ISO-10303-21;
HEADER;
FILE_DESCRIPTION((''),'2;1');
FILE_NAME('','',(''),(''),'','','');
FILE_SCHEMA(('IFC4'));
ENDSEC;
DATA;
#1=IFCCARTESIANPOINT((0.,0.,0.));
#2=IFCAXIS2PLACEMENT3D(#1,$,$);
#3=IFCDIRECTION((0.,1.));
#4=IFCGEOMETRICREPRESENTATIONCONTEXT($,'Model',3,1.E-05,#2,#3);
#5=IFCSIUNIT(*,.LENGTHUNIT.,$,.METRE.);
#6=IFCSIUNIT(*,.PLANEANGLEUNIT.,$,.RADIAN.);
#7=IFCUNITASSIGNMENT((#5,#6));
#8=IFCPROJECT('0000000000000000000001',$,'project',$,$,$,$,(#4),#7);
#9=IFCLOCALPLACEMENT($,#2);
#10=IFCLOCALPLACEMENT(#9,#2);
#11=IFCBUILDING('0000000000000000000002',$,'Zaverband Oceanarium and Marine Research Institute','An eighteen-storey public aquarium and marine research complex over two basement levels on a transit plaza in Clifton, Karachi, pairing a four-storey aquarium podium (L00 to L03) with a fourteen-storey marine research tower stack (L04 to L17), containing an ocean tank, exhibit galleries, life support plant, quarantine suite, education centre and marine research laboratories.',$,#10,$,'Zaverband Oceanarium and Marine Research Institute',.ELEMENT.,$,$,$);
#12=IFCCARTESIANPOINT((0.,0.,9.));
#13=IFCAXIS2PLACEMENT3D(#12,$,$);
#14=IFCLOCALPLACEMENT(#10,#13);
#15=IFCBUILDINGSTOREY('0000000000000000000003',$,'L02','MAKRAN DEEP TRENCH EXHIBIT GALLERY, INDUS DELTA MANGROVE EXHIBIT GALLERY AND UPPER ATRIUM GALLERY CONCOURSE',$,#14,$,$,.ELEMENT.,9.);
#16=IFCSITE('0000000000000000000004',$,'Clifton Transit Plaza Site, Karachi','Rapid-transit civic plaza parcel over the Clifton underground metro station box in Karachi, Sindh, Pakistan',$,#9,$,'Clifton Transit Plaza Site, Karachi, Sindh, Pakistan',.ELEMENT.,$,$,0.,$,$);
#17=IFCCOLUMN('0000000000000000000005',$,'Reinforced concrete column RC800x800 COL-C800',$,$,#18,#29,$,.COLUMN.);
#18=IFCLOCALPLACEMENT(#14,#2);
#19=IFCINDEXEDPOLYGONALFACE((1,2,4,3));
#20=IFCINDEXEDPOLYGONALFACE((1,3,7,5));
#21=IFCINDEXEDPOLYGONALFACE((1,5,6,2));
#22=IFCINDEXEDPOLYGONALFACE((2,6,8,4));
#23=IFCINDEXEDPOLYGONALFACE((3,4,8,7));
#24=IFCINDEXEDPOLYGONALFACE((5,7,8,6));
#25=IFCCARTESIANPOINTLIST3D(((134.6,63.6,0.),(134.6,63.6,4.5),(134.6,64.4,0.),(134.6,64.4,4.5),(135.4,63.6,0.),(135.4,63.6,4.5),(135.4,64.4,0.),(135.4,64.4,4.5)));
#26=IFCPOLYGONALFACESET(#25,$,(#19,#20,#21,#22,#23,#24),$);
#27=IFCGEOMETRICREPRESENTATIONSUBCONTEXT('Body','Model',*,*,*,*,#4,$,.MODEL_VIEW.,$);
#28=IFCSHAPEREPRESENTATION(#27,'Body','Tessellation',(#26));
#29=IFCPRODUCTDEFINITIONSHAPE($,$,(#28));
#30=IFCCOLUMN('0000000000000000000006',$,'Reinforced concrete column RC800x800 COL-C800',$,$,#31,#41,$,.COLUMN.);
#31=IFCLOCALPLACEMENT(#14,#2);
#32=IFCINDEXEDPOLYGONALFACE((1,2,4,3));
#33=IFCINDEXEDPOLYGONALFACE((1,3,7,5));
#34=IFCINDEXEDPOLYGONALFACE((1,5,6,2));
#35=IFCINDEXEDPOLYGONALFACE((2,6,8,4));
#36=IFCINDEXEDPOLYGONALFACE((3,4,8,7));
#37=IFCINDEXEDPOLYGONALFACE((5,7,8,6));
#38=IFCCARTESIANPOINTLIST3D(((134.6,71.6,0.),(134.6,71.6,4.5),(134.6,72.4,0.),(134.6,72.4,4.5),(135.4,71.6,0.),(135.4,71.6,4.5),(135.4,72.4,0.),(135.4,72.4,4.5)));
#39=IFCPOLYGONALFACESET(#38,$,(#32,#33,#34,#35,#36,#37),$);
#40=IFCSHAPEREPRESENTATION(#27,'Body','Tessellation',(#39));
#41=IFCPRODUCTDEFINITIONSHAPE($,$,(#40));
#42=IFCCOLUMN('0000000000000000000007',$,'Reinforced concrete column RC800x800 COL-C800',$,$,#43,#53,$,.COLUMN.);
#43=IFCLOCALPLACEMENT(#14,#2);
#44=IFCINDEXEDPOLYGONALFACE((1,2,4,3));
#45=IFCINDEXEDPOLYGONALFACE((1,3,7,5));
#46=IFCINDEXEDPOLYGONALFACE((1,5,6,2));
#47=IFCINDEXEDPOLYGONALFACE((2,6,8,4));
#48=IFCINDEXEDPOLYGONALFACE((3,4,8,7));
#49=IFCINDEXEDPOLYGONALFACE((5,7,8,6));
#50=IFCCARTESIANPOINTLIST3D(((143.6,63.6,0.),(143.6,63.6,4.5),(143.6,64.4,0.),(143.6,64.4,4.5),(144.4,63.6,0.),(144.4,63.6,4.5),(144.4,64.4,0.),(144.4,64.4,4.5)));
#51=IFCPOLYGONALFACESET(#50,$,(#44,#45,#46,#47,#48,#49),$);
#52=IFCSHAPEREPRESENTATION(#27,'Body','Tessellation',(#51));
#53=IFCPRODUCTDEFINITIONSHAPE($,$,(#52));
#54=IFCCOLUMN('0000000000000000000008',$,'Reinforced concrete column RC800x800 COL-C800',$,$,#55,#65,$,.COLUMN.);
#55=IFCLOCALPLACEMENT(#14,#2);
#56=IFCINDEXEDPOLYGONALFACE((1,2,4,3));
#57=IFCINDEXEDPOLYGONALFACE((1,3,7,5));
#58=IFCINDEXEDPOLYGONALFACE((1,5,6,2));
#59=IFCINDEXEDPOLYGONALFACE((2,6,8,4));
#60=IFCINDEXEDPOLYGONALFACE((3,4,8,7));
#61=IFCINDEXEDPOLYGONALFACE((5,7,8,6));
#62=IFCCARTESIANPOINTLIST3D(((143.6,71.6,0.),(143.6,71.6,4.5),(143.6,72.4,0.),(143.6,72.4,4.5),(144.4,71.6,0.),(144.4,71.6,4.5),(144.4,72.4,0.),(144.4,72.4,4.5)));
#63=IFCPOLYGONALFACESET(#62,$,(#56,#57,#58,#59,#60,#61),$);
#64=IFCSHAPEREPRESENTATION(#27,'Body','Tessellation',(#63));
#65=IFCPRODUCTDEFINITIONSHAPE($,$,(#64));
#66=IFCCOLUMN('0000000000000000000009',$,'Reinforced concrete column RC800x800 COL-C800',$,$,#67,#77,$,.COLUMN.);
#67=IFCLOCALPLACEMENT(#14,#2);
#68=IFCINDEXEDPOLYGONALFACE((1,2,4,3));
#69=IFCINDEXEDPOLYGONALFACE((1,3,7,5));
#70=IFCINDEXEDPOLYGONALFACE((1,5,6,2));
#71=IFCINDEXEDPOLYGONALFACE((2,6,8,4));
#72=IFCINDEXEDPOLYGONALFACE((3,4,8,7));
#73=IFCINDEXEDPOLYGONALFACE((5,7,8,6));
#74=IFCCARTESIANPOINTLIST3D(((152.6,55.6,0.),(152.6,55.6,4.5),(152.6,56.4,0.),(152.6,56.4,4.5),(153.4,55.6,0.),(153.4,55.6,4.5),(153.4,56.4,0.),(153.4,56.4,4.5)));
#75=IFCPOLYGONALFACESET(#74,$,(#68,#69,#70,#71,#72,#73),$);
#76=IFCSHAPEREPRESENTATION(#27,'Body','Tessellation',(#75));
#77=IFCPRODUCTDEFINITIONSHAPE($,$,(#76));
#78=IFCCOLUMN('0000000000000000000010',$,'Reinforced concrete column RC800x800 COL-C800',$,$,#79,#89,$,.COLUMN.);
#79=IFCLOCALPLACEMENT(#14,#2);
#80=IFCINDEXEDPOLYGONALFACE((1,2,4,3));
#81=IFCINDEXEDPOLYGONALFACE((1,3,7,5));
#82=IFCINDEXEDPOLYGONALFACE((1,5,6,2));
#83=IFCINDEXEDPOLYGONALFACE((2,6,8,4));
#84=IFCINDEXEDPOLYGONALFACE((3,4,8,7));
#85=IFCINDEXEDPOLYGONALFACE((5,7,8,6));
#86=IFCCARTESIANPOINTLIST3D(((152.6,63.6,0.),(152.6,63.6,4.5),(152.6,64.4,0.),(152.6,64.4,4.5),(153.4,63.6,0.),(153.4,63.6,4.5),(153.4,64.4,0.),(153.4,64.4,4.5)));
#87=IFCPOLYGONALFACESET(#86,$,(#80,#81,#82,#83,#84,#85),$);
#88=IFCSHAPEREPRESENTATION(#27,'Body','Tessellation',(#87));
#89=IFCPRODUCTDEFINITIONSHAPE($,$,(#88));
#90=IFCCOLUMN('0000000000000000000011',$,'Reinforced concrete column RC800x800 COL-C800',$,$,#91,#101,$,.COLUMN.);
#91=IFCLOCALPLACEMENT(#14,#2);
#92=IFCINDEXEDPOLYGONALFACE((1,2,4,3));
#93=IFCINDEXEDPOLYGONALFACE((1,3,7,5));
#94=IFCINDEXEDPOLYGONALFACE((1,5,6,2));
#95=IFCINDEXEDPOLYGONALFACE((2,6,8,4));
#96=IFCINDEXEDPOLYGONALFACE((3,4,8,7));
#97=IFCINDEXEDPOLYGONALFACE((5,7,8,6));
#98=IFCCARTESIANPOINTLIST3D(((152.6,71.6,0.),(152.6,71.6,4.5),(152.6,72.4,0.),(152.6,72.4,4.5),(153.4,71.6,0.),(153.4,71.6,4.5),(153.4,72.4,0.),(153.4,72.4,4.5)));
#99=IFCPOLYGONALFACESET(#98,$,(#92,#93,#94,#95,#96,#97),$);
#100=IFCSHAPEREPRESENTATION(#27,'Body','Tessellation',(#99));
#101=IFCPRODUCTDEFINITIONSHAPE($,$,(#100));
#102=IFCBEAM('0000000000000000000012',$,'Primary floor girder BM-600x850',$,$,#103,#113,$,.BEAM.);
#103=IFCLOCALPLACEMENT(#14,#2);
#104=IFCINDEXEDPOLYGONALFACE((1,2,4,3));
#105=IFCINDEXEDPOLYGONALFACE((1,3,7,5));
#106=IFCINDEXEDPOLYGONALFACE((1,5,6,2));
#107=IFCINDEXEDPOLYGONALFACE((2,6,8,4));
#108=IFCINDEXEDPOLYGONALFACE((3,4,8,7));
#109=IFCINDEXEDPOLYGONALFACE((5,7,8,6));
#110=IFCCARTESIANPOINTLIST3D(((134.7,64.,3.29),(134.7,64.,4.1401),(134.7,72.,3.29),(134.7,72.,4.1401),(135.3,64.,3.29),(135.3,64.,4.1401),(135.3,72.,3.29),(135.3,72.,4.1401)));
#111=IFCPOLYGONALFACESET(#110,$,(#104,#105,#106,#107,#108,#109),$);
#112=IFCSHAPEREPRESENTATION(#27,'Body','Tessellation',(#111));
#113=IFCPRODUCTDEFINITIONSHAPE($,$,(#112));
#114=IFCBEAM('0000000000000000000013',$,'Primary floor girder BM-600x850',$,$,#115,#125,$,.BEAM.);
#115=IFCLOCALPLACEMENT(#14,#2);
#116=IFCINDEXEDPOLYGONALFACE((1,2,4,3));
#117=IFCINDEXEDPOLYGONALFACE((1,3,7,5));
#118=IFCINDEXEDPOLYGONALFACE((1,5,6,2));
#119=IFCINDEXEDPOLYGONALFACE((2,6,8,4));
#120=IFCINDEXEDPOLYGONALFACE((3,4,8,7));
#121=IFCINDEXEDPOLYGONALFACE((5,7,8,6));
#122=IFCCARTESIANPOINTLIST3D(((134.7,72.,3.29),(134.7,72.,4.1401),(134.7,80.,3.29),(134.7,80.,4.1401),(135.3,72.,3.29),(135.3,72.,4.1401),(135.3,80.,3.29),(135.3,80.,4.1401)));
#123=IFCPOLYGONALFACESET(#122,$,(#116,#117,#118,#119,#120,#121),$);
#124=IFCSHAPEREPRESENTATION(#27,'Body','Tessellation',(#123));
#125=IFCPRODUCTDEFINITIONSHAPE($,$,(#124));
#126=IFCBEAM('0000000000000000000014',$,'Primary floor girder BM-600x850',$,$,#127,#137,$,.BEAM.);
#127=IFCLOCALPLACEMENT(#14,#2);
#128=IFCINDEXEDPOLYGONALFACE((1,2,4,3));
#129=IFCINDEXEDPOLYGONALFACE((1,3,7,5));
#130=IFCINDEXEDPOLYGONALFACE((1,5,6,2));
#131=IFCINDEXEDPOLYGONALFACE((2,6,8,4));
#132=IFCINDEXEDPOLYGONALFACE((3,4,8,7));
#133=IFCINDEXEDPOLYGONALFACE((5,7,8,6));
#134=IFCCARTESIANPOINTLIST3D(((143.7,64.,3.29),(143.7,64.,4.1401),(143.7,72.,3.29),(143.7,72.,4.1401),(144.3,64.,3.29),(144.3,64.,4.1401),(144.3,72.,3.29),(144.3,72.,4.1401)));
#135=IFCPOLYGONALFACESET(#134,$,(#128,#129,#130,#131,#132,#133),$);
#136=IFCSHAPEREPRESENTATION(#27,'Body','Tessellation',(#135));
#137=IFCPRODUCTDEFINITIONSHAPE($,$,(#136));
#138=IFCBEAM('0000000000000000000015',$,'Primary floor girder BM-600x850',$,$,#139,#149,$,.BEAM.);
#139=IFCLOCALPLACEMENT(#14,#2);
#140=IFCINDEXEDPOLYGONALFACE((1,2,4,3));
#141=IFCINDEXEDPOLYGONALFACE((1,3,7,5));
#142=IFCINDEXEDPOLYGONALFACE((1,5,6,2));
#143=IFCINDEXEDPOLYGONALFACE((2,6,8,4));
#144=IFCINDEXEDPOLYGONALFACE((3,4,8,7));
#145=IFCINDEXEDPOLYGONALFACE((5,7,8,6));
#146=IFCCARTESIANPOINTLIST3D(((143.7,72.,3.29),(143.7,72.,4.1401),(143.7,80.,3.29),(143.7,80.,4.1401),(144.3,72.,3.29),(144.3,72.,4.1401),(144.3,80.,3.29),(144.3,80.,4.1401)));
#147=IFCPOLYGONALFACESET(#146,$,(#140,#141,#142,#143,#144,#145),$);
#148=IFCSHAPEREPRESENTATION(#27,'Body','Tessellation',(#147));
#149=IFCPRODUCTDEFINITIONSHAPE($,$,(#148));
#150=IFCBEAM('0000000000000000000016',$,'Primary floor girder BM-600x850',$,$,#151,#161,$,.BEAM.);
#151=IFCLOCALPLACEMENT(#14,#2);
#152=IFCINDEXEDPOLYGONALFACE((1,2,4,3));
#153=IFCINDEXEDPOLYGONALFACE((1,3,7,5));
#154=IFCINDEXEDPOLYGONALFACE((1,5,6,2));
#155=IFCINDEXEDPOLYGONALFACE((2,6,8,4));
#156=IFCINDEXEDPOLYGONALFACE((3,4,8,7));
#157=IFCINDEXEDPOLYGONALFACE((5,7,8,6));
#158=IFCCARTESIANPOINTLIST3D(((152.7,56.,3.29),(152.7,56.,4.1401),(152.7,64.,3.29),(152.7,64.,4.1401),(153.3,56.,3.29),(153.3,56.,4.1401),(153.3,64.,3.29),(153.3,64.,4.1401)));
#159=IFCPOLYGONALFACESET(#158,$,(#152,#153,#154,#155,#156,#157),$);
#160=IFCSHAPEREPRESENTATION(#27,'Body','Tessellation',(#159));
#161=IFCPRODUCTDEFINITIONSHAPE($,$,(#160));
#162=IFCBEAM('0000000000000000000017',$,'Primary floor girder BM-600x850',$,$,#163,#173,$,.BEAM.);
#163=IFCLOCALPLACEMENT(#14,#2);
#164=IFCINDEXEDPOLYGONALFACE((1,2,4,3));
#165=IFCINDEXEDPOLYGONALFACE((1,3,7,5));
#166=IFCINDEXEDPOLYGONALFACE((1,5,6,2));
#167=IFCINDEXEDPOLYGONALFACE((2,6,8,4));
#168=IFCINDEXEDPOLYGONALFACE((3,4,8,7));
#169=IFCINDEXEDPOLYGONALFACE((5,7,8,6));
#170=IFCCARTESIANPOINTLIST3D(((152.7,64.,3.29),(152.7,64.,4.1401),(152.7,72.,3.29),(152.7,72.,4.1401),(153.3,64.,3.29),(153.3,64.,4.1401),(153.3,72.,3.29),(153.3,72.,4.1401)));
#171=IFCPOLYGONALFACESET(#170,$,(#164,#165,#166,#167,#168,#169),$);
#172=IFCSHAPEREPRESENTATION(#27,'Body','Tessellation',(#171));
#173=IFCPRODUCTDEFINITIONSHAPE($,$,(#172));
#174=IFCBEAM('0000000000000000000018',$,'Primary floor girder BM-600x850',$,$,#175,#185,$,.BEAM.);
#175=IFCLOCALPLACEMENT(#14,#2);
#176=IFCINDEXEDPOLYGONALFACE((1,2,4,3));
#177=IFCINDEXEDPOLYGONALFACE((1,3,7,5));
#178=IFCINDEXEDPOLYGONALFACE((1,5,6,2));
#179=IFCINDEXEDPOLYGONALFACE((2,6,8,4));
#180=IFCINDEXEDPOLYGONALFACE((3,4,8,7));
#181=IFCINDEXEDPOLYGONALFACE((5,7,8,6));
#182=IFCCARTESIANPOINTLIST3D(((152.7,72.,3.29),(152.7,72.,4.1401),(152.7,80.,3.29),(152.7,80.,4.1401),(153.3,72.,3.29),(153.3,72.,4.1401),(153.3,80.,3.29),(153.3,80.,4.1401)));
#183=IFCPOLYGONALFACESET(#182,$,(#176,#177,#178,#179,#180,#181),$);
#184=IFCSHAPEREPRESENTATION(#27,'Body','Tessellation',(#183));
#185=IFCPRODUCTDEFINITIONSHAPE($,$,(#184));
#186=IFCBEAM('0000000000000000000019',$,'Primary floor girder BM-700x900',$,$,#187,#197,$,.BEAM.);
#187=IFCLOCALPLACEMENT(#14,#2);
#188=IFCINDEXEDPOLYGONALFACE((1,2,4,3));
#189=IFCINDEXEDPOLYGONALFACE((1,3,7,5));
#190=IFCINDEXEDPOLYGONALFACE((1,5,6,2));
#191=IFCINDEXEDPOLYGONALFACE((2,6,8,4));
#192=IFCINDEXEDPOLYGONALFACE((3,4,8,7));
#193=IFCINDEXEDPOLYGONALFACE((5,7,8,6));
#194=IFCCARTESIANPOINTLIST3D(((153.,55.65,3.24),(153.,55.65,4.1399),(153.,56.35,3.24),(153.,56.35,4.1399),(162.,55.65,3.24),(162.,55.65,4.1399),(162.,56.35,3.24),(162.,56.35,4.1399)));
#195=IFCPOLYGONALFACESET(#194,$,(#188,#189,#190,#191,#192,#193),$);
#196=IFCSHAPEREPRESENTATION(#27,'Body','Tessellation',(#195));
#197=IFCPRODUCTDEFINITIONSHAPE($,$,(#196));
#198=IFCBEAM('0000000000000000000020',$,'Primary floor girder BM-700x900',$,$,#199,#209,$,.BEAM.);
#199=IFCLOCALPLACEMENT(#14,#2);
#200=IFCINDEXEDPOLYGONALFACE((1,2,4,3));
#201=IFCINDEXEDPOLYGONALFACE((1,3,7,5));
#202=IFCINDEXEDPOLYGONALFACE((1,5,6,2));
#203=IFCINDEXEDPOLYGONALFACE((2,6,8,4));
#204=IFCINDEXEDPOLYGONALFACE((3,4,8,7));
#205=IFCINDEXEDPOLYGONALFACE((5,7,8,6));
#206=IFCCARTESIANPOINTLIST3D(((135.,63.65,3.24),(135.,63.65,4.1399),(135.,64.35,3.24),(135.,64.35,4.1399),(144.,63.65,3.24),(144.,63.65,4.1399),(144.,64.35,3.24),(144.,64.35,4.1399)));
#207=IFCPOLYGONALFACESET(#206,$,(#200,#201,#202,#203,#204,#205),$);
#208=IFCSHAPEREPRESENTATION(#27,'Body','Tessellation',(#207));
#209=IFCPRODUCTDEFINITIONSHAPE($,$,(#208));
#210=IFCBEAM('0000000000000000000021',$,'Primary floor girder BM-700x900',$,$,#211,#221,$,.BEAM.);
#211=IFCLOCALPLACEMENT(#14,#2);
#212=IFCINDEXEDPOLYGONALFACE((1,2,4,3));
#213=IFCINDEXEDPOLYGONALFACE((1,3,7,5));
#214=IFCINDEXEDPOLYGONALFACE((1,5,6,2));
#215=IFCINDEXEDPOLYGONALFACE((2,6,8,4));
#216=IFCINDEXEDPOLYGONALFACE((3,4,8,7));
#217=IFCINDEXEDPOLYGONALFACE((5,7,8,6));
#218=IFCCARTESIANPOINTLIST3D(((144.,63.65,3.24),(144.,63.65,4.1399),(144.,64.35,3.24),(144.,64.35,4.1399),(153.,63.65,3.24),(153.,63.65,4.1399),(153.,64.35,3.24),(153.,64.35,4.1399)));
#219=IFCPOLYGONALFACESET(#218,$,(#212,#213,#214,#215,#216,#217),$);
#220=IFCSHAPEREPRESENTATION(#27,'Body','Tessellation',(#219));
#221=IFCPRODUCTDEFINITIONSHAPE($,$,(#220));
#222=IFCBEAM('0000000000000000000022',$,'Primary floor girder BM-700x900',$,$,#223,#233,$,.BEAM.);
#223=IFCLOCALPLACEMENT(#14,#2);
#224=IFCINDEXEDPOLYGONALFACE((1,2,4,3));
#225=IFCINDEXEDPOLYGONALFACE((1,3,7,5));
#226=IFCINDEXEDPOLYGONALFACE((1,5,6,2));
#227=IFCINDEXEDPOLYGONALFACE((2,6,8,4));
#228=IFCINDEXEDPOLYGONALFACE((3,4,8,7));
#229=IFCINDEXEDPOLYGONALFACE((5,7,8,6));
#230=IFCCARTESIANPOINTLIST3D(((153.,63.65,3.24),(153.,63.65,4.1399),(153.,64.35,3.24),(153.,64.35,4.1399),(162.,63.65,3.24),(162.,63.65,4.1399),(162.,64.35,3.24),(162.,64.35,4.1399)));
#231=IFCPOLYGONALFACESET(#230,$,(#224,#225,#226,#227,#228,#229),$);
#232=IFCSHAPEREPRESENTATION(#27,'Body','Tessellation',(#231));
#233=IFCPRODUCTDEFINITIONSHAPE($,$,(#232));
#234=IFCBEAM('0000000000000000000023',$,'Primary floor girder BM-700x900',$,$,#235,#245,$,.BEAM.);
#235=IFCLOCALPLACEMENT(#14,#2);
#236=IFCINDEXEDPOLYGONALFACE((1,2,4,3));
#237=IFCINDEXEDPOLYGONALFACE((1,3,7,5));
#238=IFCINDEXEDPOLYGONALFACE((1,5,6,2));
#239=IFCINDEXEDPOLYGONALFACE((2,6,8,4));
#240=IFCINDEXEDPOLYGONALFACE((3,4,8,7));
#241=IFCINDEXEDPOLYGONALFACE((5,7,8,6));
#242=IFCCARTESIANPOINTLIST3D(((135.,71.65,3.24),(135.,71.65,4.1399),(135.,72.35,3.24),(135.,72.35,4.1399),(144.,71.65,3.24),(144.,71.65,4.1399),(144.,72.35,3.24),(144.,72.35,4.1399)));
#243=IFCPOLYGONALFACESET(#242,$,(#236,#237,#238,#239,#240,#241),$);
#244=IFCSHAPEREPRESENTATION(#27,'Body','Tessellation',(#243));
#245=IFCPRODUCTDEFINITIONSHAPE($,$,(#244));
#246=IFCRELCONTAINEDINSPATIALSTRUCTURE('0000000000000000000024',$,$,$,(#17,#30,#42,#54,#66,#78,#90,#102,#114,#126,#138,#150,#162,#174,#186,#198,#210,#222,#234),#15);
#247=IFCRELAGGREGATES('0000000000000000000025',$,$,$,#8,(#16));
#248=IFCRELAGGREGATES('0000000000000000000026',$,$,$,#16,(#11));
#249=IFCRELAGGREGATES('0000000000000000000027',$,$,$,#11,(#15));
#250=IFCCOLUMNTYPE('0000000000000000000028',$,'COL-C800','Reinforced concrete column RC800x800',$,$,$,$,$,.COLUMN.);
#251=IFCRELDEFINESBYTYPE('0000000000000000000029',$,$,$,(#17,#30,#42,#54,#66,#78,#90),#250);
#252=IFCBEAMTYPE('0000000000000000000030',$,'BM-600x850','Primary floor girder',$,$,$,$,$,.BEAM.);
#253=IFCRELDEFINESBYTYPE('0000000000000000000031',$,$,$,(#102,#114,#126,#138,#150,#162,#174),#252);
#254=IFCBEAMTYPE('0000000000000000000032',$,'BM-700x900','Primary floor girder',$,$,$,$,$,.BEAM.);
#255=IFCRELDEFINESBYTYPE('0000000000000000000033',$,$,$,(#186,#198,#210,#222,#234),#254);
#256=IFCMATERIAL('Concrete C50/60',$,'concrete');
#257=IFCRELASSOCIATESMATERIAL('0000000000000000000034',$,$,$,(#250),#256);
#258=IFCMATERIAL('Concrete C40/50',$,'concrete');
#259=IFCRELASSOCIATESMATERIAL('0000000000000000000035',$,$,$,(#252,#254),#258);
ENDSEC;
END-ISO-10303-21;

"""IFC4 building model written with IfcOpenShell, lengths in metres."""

from ifc_helpers import new_model, si_unit, direction, frame, origin, origin_2d, place, context, subcontext, project, spatial, rectangle, extrude, material, material_profile, profile_set, type_object, element, save


model = new_model("IFC4")

# Units and contexts
model_context = context("Model", 3, precision=1e-05, world=origin(), true_north=direction((0.0, 1.0)))
body_context = subcontext(model_context, "Body", "Model", "MODEL_VIEW")
ifc_project = project(units=[si_unit("LENGTHUNIT", "METRE"), si_unit("PLANEANGLEUNIT", "RADIAN")], contexts=[model_context])

# Site, building, storey
site_placement = place(None, origin())
site = spatial("IfcSite", under=ifc_project, at=site_placement, Name="Clifton Transit Plaza Site, Karachi", Description="Rapid-transit civic plaza parcel over the Clifton underground metro station box in Karachi, Sindh, Pakistan", LongName="Clifton Transit Plaza Site, Karachi, Sindh, Pakistan", CompositionType="ELEMENT", RefElevation=0.0)
building_placement = place(site_placement, origin())
building = spatial("IfcBuilding", under=site, at=building_placement, Name="Zaverband Oceanarium and Marine Research Institute", Description="An eighteen-storey public aquarium and marine research complex over two basement levels on a transit plaza in Clifton, Karachi, pairing a four-storey aquarium podium (L00 to L03) with a fourteen-storey marine research tower stack (L04 to L17), containing an ocean tank, exhibit galleries, life support plant, quarantine suite, education centre and marine research laboratories.", LongName="Zaverband Oceanarium and Marine Research Institute", CompositionType="ELEMENT")
storey_placement = place(building_placement, frame((0.0, 0.0, 9.0)))
storey = spatial("IfcBuildingStorey", under=building, at=storey_placement, Name="L02", Description="MAKRAN DEEP TRENCH EXHIBIT GALLERY, INDUS DELTA MANGROVE EXHIBIT GALLERY AND UPPER ATRIUM GALLERY CONCOURSE", CompositionType="ELEMENT", Elevation=9.0)

# Columns
ifc_material_1 = material(Name="Concrete C50/60", Category="concrete")
ifc_material_profile_1 = material_profile(ifc_material_1, rectangle(XDim=0.8, YDim=0.8, at=origin_2d()), Name="RC800x800")
ifc_profile_set_1 = profile_set([ifc_material_profile_1], Name="Concrete C50/60")
column_type = type_object("IfcColumnType", Name="COL-C800", Description="Reinforced concrete column RC800x800", PredefinedType="COLUMN", material=ifc_profile_set_1)
for number, where, z_axis, x_axis, name in (
    (1, (135.0, 64.0, 0.0), (0.0, 0.0, 1.0), (1.0, 0.0, 0.0), "Reinforced concrete column RC800x800 COL-C800"),
    (2, (135.0, 72.0, 0.0), (0.0, 0.0, 1.0), (1.0, 0.0, 0.0), "Reinforced concrete column RC800x800 COL-C800"),
    (3, (144.0, 64.0, 0.0), (0.0, 0.0, 1.0), (1.0, 0.0, 0.0), "Reinforced concrete column RC800x800 COL-C800"),
    (4, (144.0, 72.0, 0.0), (0.0, 0.0, 1.0), (1.0, 0.0, 0.0), "Reinforced concrete column RC800x800 COL-C800"),
    (5, (153.0, 56.0, 0.0), (0.0, 0.0, 1.0), (1.0, 0.0, 0.0), "Reinforced concrete column RC800x800 COL-C800"),
    (6, (153.0, 64.0, 0.0), (0.0, 0.0, 1.0), (1.0, 0.0, 0.0), "Reinforced concrete column RC800x800 COL-C800"),
    (7, (153.0, 72.0, 0.0), (0.0, 0.0, 1.0), (1.0, 0.0, 0.0), "Reinforced concrete column RC800x800 COL-C800"),
):
    element("IfcColumn", number, at=place(storey_placement, frame(where, z_axis=z_axis, x_axis=x_axis)), inside=storey, type_object=column_type, Name=name, PredefinedType="COLUMN", context=body_context, shape_type="SweptSolid", body=[
        extrude(rectangle(XDim=0.8, YDim=0.8, at=origin_2d()), origin(), (0.0, 0.0, 1.0), 4.5),
    ])

# Beams
ifc_material_2 = material(Name="Concrete C40/50", Category="concrete")
ifc_material_profile_2 = material_profile(ifc_material_2, rectangle(XDim=0.6001, YDim=0.8501, at=origin_2d()), Name="RC600x850")
ifc_profile_set_2 = profile_set([ifc_material_profile_2], Name="Concrete C40/50")
beam_type_1 = type_object("IfcBeamType", Name="BM-600x850", Description="Primary floor girder", PredefinedType="BEAM", material=ifc_profile_set_2)
for number, where, z_axis, x_axis, name in (
    (8, (135.0, 64.0, 3.7151), (0.0, 1.0, 0.0), (-1.0, 0.0, 0.0), "Primary floor girder BM-600x850"),
    (9, (135.0, 72.0, 3.7151), (0.0, 1.0, 0.0), (-1.0, 0.0, 0.0), "Primary floor girder BM-600x850"),
    (10, (144.0, 64.0, 3.7151), (0.0, 1.0, 0.0), (-1.0, 0.0, 0.0), "Primary floor girder BM-600x850"),
    (11, (144.0, 72.0, 3.7151), (0.0, 1.0, 0.0), (-1.0, 0.0, 0.0), "Primary floor girder BM-600x850"),
    (12, (153.0, 56.0, 3.7151), (0.0, 1.0, 0.0), (-1.0, 0.0, 0.0), "Primary floor girder BM-600x850"),
    (13, (153.0, 64.0, 3.7151), (0.0, 1.0, 0.0), (-1.0, 0.0, 0.0), "Primary floor girder BM-600x850"),
    (14, (153.0, 72.0, 3.7151), (0.0, 1.0, 0.0), (-1.0, 0.0, 0.0), "Primary floor girder BM-600x850"),
):
    element("IfcBeam", number, at=place(storey_placement, frame(where, z_axis=z_axis, x_axis=x_axis)), inside=storey, type_object=beam_type_1, Name=name, PredefinedType="BEAM", context=body_context, shape_type="SweptSolid", body=[
        extrude(rectangle(XDim=0.6001, YDim=0.8501, at=origin_2d()), origin(), (0.0, 0.0, 1.0), 8.0),
    ])
ifc_material_profile_3 = material_profile(ifc_material_2, rectangle(XDim=0.7, YDim=0.8999, at=origin_2d()), Name="RC700x900")
ifc_profile_set_3 = profile_set([ifc_material_profile_3], Name="Concrete C40/50")
beam_type_2 = type_object("IfcBeamType", Name="BM-700x900", Description="Primary floor girder", PredefinedType="BEAM", material=ifc_profile_set_3)
for number, where, z_axis, x_axis, name in (
    (15, (153.0, 56.0, 3.6899), (1.0, 0.0, 0.0), (0.0, 1.0, 0.0), "Primary floor girder BM-700x900"),
    (16, (135.0, 64.0, 3.6899), (1.0, 0.0, 0.0), (0.0, 1.0, 0.0), "Primary floor girder BM-700x900"),
    (17, (144.0, 64.0, 3.6899), (1.0, 0.0, 0.0), (0.0, 1.0, 0.0), "Primary floor girder BM-700x900"),
    (18, (153.0, 64.0, 3.6899), (1.0, 0.0, 0.0), (0.0, 1.0, 0.0), "Primary floor girder BM-700x900"),
    (19, (135.0, 72.0, 3.6899), (1.0, 0.0, 0.0), (0.0, 1.0, 0.0), "Primary floor girder BM-700x900"),
):
    element("IfcBeam", number, at=place(storey_placement, frame(where, z_axis=z_axis, x_axis=x_axis)), inside=storey, type_object=beam_type_2, Name=name, PredefinedType="BEAM", context=body_context, shape_type="SweptSolid", body=[
        extrude(rectangle(XDim=0.7, YDim=0.8999, at=origin_2d()), origin(), (0.0, 0.0, 1.0), 9.0),
    ])

save(model, "model.ifc")
